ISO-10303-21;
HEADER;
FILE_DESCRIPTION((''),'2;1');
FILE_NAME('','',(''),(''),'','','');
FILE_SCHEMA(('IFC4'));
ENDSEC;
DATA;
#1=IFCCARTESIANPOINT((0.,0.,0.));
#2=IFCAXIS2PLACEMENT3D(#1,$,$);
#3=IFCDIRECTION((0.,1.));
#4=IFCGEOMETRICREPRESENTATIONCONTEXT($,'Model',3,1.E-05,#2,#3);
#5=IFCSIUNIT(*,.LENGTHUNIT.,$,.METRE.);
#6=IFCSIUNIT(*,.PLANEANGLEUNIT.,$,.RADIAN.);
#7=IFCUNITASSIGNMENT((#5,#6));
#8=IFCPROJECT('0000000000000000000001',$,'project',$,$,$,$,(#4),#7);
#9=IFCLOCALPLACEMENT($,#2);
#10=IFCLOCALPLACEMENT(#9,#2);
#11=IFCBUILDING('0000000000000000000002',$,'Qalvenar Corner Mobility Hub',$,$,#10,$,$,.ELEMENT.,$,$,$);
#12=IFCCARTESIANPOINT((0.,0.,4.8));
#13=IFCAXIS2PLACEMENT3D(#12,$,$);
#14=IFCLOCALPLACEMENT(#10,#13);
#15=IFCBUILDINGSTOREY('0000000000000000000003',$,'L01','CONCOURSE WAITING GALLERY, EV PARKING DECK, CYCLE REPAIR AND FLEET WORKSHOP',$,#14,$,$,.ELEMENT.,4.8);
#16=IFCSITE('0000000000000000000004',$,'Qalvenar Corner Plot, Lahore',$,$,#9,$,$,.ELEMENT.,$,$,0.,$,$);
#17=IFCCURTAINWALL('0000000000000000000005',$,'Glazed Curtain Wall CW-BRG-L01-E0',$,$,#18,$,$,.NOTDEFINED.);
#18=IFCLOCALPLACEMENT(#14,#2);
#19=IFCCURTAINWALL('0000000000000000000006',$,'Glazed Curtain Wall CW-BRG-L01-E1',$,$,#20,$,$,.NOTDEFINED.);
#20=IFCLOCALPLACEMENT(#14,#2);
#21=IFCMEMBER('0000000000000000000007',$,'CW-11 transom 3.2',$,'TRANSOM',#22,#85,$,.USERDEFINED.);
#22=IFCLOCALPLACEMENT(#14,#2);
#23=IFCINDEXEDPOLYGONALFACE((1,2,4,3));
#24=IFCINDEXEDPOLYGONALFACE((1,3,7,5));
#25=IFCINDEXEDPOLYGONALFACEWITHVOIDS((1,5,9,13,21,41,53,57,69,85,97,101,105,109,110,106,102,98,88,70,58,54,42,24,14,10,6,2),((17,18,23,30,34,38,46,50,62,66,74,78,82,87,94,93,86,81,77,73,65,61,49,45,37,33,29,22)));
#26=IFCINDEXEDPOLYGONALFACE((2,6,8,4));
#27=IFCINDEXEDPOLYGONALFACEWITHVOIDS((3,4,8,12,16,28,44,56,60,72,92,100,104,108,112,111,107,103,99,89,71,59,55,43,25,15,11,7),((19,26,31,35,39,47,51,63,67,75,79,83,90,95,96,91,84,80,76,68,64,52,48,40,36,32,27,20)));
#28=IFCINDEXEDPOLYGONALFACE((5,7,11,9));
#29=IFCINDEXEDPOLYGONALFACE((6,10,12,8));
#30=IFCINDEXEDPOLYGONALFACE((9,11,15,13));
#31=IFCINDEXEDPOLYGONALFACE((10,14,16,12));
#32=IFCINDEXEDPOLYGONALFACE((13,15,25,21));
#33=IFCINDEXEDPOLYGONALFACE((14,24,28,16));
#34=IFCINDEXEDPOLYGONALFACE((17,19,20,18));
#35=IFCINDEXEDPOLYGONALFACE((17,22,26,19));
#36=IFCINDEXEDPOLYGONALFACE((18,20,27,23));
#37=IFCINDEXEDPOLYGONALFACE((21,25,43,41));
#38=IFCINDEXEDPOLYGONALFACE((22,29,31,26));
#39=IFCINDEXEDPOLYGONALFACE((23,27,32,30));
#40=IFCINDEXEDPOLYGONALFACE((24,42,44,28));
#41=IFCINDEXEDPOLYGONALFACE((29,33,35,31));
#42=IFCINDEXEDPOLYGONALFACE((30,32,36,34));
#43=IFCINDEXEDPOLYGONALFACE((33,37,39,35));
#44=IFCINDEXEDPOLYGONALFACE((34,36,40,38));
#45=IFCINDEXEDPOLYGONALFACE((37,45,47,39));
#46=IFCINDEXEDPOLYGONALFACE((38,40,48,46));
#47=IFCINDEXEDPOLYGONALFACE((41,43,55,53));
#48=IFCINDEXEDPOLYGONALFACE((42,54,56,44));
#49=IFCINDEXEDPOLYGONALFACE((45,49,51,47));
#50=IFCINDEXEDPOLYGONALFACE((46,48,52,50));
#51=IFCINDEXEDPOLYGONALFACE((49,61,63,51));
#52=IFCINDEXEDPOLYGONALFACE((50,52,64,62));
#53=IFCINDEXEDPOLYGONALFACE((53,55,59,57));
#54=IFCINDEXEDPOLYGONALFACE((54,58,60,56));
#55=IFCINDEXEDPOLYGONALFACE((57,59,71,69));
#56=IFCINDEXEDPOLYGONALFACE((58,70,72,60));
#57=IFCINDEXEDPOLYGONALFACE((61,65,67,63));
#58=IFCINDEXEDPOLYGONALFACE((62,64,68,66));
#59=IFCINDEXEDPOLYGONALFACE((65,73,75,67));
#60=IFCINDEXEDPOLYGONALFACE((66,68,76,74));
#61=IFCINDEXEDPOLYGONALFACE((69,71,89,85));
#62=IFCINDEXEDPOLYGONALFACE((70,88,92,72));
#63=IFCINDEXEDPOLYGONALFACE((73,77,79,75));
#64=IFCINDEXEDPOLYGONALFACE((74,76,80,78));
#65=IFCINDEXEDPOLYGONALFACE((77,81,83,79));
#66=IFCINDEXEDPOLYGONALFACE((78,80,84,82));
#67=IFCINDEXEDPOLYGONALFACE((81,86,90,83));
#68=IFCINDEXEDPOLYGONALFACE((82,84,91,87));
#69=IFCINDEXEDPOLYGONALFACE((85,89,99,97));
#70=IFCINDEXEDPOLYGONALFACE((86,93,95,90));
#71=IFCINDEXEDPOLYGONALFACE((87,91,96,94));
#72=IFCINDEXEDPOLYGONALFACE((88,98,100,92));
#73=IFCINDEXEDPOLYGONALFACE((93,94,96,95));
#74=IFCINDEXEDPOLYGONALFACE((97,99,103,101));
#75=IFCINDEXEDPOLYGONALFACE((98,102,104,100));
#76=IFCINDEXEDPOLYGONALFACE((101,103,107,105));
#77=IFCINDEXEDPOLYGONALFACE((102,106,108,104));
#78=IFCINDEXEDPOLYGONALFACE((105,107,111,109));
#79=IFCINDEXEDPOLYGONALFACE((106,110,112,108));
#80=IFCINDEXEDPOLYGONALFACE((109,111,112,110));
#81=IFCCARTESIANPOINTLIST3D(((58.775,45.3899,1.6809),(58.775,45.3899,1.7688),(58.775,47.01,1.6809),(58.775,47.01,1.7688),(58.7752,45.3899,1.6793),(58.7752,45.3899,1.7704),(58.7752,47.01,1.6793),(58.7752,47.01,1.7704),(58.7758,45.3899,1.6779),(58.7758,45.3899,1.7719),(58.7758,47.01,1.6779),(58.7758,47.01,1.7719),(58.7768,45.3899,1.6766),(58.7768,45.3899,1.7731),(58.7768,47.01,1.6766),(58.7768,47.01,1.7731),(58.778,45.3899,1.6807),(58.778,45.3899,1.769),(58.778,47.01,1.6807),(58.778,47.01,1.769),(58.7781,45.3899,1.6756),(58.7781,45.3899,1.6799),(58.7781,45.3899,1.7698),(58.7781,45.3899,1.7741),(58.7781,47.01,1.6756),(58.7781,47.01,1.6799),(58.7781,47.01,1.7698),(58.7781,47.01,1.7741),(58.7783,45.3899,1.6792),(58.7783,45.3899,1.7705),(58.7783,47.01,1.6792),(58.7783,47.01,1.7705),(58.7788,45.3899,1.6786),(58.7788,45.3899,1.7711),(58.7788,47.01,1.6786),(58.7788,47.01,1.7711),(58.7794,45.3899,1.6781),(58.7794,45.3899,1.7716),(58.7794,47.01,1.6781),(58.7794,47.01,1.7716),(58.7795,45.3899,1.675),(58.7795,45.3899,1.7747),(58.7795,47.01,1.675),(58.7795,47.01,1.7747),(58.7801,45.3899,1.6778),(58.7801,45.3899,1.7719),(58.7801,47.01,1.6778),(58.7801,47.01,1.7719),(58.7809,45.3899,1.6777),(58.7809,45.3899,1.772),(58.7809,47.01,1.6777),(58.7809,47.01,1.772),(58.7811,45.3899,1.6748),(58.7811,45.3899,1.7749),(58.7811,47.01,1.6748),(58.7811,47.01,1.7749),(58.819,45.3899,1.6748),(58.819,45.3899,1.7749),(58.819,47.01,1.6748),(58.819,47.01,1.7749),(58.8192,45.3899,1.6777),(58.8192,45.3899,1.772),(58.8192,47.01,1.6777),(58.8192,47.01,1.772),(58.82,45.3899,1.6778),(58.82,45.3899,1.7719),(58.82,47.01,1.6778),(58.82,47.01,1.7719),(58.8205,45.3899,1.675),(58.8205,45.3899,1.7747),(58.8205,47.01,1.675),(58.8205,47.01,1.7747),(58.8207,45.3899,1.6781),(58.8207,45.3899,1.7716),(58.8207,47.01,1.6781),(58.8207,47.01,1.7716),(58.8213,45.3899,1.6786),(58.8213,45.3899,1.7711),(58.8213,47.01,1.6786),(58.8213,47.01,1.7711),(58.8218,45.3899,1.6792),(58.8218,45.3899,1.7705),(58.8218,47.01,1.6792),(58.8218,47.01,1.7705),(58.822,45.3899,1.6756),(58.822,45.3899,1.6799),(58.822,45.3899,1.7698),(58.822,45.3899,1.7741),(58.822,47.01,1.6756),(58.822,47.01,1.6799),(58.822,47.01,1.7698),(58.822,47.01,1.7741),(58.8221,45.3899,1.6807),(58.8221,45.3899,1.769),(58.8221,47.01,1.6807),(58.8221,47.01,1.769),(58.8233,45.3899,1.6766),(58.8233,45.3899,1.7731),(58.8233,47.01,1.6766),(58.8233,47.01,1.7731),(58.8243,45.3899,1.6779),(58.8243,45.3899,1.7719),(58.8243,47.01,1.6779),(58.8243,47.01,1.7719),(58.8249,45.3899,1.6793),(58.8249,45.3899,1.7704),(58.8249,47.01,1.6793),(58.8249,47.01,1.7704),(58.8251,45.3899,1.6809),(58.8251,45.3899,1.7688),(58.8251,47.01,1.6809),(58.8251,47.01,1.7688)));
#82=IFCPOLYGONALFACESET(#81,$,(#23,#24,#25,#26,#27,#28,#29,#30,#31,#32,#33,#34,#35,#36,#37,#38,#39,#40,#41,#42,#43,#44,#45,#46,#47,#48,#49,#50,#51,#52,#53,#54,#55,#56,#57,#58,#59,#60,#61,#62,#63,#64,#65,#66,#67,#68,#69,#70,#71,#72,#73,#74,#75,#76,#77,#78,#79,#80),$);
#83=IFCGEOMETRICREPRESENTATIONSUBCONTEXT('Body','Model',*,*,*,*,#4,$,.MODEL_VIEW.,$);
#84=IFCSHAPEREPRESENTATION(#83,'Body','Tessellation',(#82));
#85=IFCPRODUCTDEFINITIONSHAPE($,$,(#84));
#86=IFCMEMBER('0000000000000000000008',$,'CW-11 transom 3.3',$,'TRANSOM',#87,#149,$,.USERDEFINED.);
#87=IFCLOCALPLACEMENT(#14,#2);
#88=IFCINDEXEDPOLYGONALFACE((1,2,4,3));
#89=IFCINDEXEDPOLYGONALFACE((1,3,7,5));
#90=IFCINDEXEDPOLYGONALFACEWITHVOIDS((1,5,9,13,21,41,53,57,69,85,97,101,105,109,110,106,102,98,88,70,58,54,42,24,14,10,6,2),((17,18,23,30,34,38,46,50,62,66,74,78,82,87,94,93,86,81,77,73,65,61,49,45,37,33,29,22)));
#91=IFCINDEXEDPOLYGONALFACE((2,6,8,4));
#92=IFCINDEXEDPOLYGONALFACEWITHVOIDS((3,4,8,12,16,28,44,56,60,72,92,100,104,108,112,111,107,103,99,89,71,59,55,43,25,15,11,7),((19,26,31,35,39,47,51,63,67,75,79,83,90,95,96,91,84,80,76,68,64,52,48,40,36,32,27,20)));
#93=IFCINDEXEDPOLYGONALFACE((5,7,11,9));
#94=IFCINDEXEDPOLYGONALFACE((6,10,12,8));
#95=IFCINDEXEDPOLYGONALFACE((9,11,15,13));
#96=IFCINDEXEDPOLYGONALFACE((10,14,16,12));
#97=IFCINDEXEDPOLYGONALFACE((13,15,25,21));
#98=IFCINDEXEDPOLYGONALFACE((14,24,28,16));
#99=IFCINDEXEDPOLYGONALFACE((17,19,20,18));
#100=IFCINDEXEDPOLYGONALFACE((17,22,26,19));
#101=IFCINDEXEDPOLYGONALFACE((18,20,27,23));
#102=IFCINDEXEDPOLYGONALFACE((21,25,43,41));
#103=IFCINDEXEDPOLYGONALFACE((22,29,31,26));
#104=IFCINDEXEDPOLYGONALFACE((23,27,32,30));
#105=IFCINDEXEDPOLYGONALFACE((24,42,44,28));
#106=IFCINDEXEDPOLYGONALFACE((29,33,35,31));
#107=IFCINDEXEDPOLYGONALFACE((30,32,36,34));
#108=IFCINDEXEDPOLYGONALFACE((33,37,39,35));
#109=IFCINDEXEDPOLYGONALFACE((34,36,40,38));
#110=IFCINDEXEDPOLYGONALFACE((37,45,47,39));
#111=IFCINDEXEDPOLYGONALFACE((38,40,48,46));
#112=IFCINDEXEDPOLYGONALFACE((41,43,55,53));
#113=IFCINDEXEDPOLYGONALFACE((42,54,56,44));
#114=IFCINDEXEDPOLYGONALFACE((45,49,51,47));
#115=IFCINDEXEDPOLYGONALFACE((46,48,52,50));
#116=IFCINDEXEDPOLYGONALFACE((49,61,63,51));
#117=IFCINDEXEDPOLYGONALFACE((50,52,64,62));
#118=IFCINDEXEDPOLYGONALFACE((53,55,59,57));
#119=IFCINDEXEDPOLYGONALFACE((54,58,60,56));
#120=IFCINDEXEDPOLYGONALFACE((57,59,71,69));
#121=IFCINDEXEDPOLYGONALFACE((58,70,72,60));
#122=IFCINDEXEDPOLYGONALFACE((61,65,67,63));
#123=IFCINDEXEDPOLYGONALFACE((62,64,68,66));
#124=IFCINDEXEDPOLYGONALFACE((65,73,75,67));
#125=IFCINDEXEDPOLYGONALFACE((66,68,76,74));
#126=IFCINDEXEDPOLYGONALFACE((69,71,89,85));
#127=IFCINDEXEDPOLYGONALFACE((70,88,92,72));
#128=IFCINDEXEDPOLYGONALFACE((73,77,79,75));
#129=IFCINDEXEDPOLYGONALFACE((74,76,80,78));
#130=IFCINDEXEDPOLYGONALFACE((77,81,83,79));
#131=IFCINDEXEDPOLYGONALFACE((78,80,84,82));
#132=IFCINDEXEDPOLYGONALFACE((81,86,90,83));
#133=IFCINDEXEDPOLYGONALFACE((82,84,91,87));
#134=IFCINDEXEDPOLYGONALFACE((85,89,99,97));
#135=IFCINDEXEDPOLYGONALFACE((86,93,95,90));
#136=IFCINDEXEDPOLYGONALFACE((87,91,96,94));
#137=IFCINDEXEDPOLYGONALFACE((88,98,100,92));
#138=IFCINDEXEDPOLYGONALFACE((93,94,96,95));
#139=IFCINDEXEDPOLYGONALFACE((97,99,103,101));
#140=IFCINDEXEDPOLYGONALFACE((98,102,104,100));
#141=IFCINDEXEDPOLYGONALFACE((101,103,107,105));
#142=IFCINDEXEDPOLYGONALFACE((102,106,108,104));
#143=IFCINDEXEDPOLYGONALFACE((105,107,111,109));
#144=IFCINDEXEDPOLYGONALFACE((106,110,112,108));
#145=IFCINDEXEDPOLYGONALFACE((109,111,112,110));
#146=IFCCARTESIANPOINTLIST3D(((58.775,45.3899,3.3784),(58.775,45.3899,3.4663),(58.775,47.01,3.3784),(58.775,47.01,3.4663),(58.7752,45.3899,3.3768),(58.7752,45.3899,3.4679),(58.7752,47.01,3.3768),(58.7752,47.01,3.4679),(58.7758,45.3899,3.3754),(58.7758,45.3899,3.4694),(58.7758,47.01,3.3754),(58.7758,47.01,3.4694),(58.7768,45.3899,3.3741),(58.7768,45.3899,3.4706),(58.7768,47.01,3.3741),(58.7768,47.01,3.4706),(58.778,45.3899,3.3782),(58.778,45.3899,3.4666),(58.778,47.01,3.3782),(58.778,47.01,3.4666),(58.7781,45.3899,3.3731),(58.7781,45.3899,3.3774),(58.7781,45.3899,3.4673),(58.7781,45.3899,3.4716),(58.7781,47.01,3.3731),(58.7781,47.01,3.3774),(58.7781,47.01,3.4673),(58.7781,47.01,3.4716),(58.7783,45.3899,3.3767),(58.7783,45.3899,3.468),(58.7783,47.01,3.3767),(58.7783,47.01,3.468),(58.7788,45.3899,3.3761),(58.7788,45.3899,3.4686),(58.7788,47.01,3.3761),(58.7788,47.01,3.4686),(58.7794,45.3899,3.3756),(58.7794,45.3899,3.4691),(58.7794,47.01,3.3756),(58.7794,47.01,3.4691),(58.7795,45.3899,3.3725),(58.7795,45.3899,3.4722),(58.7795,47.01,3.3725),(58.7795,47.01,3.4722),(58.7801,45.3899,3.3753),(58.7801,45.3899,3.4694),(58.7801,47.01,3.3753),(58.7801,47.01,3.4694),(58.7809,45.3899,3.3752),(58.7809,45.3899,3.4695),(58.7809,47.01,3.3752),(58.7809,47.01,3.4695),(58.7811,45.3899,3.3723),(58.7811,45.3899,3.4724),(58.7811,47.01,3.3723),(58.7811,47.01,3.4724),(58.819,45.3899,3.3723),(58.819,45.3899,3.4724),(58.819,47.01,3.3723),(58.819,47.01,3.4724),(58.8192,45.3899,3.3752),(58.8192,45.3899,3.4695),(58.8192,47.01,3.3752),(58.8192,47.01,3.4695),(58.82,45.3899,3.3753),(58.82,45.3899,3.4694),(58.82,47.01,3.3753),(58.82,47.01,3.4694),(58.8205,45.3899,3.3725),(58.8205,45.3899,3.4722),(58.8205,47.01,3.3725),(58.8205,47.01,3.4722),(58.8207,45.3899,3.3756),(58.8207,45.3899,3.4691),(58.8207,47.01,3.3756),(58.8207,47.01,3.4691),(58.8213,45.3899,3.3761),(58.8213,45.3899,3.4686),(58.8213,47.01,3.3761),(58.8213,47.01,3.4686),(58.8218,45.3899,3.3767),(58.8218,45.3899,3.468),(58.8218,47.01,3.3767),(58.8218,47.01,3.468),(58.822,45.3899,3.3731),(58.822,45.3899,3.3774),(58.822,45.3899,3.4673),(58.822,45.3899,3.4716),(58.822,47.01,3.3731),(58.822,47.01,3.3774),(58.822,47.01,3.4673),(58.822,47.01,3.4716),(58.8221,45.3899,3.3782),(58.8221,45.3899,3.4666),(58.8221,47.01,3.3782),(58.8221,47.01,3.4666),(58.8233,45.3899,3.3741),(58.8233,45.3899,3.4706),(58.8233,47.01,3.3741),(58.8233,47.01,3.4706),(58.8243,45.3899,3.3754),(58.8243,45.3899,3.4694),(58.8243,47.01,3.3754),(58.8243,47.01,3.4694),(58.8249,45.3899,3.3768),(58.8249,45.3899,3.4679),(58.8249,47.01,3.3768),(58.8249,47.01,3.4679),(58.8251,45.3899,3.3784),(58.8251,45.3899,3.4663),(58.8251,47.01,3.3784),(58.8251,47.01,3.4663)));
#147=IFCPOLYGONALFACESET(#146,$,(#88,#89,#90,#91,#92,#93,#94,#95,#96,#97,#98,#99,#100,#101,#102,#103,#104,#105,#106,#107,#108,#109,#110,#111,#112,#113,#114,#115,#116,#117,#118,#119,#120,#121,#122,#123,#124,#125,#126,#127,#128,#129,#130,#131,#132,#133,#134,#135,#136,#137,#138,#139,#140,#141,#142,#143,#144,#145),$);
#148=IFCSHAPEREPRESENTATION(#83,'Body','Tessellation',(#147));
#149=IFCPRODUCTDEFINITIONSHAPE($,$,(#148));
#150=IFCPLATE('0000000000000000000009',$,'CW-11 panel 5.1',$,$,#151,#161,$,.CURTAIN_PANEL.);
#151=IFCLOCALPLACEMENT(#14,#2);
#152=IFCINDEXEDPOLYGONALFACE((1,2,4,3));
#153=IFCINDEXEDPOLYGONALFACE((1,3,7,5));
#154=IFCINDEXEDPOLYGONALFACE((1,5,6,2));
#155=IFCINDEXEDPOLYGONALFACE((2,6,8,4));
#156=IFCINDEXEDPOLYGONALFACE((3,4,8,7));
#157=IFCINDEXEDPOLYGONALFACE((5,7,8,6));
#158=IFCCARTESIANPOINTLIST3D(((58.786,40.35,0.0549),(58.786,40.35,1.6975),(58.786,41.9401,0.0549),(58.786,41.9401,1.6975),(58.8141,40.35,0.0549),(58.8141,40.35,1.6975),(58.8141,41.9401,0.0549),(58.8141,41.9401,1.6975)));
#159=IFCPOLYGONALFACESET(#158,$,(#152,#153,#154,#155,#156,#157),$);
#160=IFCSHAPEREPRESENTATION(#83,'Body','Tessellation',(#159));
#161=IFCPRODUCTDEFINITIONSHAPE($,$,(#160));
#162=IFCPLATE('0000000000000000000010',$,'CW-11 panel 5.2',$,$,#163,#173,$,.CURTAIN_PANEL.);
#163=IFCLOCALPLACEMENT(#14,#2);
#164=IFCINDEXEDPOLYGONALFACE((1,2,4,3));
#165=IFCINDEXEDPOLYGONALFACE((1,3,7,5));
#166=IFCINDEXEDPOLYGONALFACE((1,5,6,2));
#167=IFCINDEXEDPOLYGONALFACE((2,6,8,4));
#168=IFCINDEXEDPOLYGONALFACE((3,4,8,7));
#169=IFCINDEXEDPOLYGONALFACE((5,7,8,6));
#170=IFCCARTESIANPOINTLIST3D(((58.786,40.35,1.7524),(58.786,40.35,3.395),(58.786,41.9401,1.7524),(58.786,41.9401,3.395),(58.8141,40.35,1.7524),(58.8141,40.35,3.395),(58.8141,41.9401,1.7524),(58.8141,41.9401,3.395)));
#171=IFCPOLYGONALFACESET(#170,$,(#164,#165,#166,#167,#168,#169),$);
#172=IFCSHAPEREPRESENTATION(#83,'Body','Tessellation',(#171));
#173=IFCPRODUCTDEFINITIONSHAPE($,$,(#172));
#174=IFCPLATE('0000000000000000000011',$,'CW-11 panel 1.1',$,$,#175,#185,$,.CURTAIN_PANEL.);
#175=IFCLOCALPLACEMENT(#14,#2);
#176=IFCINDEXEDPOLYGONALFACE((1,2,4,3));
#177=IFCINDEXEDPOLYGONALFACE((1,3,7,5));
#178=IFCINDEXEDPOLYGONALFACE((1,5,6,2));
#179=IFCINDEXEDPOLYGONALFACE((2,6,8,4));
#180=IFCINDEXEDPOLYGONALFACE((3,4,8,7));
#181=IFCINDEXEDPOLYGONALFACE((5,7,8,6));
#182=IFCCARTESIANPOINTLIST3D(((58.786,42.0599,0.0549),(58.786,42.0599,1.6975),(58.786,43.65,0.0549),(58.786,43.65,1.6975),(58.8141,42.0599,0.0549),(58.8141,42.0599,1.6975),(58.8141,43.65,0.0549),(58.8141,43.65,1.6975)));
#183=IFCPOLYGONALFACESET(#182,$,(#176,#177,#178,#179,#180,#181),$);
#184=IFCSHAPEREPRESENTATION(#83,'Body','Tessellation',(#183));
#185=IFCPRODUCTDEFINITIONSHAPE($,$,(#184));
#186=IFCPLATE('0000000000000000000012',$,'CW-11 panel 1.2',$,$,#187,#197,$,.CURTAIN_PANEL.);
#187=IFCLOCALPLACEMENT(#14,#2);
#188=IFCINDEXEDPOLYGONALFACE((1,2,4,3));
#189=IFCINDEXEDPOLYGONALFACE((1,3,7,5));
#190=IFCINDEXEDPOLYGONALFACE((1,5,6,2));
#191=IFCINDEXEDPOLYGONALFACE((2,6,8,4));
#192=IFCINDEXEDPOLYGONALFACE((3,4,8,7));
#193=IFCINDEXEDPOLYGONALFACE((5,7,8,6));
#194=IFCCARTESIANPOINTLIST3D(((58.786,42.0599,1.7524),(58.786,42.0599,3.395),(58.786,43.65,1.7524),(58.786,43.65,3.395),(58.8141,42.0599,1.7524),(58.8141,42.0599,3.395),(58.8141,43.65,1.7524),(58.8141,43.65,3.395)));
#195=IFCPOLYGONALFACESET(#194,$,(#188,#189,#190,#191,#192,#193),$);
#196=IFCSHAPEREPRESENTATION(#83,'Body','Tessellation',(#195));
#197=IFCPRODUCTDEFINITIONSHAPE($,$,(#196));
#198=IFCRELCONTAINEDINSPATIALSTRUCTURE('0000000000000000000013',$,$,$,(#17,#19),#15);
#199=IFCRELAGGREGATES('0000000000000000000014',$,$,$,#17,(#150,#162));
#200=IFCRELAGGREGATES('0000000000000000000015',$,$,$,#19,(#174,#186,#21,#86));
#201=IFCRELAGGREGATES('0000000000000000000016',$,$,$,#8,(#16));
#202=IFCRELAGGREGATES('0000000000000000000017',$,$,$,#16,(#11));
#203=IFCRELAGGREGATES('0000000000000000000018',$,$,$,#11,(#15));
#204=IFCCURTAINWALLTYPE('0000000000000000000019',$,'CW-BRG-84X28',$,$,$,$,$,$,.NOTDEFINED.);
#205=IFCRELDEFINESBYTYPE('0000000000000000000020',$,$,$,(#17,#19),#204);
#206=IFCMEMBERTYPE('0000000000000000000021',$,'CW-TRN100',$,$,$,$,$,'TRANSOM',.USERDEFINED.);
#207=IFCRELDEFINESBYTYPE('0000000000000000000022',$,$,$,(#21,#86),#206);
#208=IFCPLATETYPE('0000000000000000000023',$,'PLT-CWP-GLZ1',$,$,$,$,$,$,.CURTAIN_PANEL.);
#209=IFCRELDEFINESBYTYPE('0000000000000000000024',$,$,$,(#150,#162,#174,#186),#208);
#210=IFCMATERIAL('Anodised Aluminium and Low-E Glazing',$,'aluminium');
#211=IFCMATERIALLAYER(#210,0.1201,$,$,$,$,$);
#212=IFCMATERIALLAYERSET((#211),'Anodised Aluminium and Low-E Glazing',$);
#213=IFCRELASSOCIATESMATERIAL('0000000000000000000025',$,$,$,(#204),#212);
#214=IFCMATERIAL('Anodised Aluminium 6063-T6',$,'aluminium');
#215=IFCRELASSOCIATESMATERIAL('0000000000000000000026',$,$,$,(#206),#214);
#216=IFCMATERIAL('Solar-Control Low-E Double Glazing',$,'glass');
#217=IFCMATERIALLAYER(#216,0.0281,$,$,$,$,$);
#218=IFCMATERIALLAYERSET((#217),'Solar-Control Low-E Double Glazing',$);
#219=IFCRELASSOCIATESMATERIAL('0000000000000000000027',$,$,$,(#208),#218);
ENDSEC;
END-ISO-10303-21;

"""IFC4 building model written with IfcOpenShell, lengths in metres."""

from ifc_helpers import new_model, si_unit, direction, frame, origin, origin_2d, place, context, subcontext, project, spatial, rectangle, hollow_rectangle, extrude, material, layer, layer_set, material_profile, profile_set, type_object, element, aggregate, save


model = new_model("IFC4")

# Units and contexts
model_context = context("Model", 3, precision=1e-05, world=origin(), true_north=direction((0.0, 1.0)))
body_context = subcontext(model_context, "Body", "Model", "MODEL_VIEW")
ifc_project = project(units=[si_unit("LENGTHUNIT", "METRE"), si_unit("PLANEANGLEUNIT", "RADIAN")], contexts=[model_context])

# Site, building, storey
site_placement = place(None, origin())
site = spatial("IfcSite", under=ifc_project, at=site_placement, Name="Qalvenar Corner Plot, Lahore", CompositionType="ELEMENT", RefElevation=0.0)
building_placement = place(site_placement, origin())
building = spatial("IfcBuilding", under=site, at=building_placement, Name="Qalvenar Corner Mobility Hub", CompositionType="ELEMENT")
storey_placement = place(building_placement, frame((0.0, 0.0, 4.8)))
storey = spatial("IfcBuildingStorey", under=building, at=storey_placement, Name="L01", Description="CONCOURSE WAITING GALLERY, EV PARKING DECK, CYCLE REPAIR AND FLEET WORKSHOP", CompositionType="ELEMENT", Elevation=4.8)

# Curtain wall
ifc_material_1 = material(Name="Anodised Aluminium and Low-E Glazing", Category="aluminium")
ifc_layer_1 = layer(ifc_material_1, 0.1201)
ifc_layer_set_1 = layer_set([ifc_layer_1], Name="Anodised Aluminium and Low-E Glazing")
curtain_wall_type = type_object("IfcCurtainWallType", Name="CW-BRG-84X28", PredefinedType="NOTDEFINED", material=ifc_layer_set_1)
curtain_wall_1_placement = place(storey_placement, origin())
curtain_wall_1 = element("IfcCurtainWall", 1, at=curtain_wall_1_placement, inside=storey, type_object=curtain_wall_type, Name="Glazed Curtain Wall CW-BRG-L01-E0", PredefinedType="NOTDEFINED")
ifc_material_2 = material(Name="Anodised Aluminium 6063-T6", Category="aluminium")

# Curtain wall, members
curtain_wall_2_placement = place(storey_placement, origin())
curtain_wall_2 = element("IfcCurtainWall", 2, at=curtain_wall_2_placement, inside=storey, type_object=curtain_wall_type, Name="Glazed Curtain Wall CW-BRG-L01-E1", PredefinedType="NOTDEFINED")
ifc_material_profile_1 = material_profile(ifc_material_2, hollow_rectangle(XDim=0.05, YDim=0.1001, WallThickness=0.0029, InnerFilletRadius=0.0029, OuterFilletRadius=0.0061, at=origin_2d()), Name="RHS100x50x3")
ifc_profile_set_1 = profile_set([ifc_material_profile_1], Name="Anodised Aluminium 6063-T6")
member_type_1 = type_object("IfcMemberType", Name="CW-TRN100", ElementType="TRANSOM", PredefinedType="USERDEFINED", material=ifc_profile_set_1)
member_1_placement = place(storey_placement, frame((58.8, 45.3899, 1.7249), z_axis=(0.0, 1.0, 0.0), x_axis=(-1.0, 0.0, 0.0)))
member_1 = element("IfcMember", 3, at=member_1_placement, type_object=member_type_1, Name="CW-11 transom 3.2", ObjectType="TRANSOM", PredefinedType="USERDEFINED", context=body_context, shape_type="SweptSolid", body=[
    extrude(hollow_rectangle(XDim=0.05, YDim=0.1001, WallThickness=0.0029, InnerFilletRadius=0.0029, OuterFilletRadius=0.0061, at=origin_2d()), origin(), (0.0, 0.0, 1.0), 1.6201),
])
member_2_placement = place(storey_placement, frame((58.8, 45.3899, 3.4224), z_axis=(0.0, 1.0, 0.0), x_axis=(-1.0, 0.0, 0.0)))
member_2 = element("IfcMember", 4, at=member_2_placement, type_object=member_type_1, Name="CW-11 transom 3.3", ObjectType="TRANSOM", PredefinedType="USERDEFINED", context=body_context, shape_type="SweptSolid", body=[
    extrude(hollow_rectangle(XDim=0.05, YDim=0.1001, WallThickness=0.0029, InnerFilletRadius=0.0029, OuterFilletRadius=0.0061, at=origin_2d()), origin(), (0.0, 0.0, 1.0), 1.6201),
])

# Plates
ifc_material_3 = material(Name="Solar-Control Low-E Double Glazing", Category="glass")
ifc_layer_2 = layer(ifc_material_3, 0.0281)
ifc_layer_set_2 = layer_set([ifc_layer_2], Name="Solar-Control Low-E Double Glazing")
plate_type = type_object("IfcPlateType", Name="PLT-CWP-GLZ1", PredefinedType="CURTAIN_PANEL", material=ifc_layer_set_2)
plate_1_placement = place(storey_placement, frame((58.8, 41.145, 0.0549), z_axis=(0.0, 0.0, 1.0), x_axis=(0.0, 1.0, 0.0)))
plate_1 = element("IfcPlate", 5, at=plate_1_placement, type_object=plate_type, Name="CW-11 panel 5.1", PredefinedType="CURTAIN_PANEL", context=body_context, shape_type="SweptSolid", body=[
    extrude(rectangle(XDim=1.5901, YDim=0.0281, at=origin_2d()), origin(), (0.0, 0.0, 1.0), 1.6426),
])
plate_2_placement = place(storey_placement, frame((58.8, 41.145, 1.7524), z_axis=(0.0, 0.0, 1.0), x_axis=(0.0, 1.0, 0.0)))
plate_2 = element("IfcPlate", 6, at=plate_2_placement, type_object=plate_type, Name="CW-11 panel 5.2", PredefinedType="CURTAIN_PANEL", context=body_context, shape_type="SweptSolid", body=[
    extrude(rectangle(XDim=1.5901, YDim=0.0281, at=origin_2d()), origin(), (0.0, 0.0, 1.0), 1.6426),
])
aggregate(curtain_wall_1, [plate_1, plate_2])
plate_3_placement = place(storey_placement, frame((58.8, 42.855, 0.0549), z_axis=(0.0, 0.0, 1.0), x_axis=(0.0, 1.0, 0.0)))
plate_3 = element("IfcPlate", 7, at=plate_3_placement, type_object=plate_type, Name="CW-11 panel 1.1", PredefinedType="CURTAIN_PANEL", context=body_context, shape_type="SweptSolid", body=[
    extrude(rectangle(XDim=1.5901, YDim=0.0281, at=origin_2d()), origin(), (0.0, 0.0, 1.0), 1.6426),
])
plate_4_placement = place(storey_placement, frame((58.8, 42.855, 1.7524), z_axis=(0.0, 0.0, 1.0), x_axis=(0.0, 1.0, 0.0)))
plate_4 = element("IfcPlate", 8, at=plate_4_placement, type_object=plate_type, Name="CW-11 panel 1.2", PredefinedType="CURTAIN_PANEL", context=body_context, shape_type="SweptSolid", body=[
    extrude(rectangle(XDim=1.5901, YDim=0.0281, at=origin_2d()), origin(), (0.0, 0.0, 1.0), 1.6426),
])
aggregate(curtain_wall_2, [plate_3, plate_4, member_1, member_2])

save(model, "model.ifc")
